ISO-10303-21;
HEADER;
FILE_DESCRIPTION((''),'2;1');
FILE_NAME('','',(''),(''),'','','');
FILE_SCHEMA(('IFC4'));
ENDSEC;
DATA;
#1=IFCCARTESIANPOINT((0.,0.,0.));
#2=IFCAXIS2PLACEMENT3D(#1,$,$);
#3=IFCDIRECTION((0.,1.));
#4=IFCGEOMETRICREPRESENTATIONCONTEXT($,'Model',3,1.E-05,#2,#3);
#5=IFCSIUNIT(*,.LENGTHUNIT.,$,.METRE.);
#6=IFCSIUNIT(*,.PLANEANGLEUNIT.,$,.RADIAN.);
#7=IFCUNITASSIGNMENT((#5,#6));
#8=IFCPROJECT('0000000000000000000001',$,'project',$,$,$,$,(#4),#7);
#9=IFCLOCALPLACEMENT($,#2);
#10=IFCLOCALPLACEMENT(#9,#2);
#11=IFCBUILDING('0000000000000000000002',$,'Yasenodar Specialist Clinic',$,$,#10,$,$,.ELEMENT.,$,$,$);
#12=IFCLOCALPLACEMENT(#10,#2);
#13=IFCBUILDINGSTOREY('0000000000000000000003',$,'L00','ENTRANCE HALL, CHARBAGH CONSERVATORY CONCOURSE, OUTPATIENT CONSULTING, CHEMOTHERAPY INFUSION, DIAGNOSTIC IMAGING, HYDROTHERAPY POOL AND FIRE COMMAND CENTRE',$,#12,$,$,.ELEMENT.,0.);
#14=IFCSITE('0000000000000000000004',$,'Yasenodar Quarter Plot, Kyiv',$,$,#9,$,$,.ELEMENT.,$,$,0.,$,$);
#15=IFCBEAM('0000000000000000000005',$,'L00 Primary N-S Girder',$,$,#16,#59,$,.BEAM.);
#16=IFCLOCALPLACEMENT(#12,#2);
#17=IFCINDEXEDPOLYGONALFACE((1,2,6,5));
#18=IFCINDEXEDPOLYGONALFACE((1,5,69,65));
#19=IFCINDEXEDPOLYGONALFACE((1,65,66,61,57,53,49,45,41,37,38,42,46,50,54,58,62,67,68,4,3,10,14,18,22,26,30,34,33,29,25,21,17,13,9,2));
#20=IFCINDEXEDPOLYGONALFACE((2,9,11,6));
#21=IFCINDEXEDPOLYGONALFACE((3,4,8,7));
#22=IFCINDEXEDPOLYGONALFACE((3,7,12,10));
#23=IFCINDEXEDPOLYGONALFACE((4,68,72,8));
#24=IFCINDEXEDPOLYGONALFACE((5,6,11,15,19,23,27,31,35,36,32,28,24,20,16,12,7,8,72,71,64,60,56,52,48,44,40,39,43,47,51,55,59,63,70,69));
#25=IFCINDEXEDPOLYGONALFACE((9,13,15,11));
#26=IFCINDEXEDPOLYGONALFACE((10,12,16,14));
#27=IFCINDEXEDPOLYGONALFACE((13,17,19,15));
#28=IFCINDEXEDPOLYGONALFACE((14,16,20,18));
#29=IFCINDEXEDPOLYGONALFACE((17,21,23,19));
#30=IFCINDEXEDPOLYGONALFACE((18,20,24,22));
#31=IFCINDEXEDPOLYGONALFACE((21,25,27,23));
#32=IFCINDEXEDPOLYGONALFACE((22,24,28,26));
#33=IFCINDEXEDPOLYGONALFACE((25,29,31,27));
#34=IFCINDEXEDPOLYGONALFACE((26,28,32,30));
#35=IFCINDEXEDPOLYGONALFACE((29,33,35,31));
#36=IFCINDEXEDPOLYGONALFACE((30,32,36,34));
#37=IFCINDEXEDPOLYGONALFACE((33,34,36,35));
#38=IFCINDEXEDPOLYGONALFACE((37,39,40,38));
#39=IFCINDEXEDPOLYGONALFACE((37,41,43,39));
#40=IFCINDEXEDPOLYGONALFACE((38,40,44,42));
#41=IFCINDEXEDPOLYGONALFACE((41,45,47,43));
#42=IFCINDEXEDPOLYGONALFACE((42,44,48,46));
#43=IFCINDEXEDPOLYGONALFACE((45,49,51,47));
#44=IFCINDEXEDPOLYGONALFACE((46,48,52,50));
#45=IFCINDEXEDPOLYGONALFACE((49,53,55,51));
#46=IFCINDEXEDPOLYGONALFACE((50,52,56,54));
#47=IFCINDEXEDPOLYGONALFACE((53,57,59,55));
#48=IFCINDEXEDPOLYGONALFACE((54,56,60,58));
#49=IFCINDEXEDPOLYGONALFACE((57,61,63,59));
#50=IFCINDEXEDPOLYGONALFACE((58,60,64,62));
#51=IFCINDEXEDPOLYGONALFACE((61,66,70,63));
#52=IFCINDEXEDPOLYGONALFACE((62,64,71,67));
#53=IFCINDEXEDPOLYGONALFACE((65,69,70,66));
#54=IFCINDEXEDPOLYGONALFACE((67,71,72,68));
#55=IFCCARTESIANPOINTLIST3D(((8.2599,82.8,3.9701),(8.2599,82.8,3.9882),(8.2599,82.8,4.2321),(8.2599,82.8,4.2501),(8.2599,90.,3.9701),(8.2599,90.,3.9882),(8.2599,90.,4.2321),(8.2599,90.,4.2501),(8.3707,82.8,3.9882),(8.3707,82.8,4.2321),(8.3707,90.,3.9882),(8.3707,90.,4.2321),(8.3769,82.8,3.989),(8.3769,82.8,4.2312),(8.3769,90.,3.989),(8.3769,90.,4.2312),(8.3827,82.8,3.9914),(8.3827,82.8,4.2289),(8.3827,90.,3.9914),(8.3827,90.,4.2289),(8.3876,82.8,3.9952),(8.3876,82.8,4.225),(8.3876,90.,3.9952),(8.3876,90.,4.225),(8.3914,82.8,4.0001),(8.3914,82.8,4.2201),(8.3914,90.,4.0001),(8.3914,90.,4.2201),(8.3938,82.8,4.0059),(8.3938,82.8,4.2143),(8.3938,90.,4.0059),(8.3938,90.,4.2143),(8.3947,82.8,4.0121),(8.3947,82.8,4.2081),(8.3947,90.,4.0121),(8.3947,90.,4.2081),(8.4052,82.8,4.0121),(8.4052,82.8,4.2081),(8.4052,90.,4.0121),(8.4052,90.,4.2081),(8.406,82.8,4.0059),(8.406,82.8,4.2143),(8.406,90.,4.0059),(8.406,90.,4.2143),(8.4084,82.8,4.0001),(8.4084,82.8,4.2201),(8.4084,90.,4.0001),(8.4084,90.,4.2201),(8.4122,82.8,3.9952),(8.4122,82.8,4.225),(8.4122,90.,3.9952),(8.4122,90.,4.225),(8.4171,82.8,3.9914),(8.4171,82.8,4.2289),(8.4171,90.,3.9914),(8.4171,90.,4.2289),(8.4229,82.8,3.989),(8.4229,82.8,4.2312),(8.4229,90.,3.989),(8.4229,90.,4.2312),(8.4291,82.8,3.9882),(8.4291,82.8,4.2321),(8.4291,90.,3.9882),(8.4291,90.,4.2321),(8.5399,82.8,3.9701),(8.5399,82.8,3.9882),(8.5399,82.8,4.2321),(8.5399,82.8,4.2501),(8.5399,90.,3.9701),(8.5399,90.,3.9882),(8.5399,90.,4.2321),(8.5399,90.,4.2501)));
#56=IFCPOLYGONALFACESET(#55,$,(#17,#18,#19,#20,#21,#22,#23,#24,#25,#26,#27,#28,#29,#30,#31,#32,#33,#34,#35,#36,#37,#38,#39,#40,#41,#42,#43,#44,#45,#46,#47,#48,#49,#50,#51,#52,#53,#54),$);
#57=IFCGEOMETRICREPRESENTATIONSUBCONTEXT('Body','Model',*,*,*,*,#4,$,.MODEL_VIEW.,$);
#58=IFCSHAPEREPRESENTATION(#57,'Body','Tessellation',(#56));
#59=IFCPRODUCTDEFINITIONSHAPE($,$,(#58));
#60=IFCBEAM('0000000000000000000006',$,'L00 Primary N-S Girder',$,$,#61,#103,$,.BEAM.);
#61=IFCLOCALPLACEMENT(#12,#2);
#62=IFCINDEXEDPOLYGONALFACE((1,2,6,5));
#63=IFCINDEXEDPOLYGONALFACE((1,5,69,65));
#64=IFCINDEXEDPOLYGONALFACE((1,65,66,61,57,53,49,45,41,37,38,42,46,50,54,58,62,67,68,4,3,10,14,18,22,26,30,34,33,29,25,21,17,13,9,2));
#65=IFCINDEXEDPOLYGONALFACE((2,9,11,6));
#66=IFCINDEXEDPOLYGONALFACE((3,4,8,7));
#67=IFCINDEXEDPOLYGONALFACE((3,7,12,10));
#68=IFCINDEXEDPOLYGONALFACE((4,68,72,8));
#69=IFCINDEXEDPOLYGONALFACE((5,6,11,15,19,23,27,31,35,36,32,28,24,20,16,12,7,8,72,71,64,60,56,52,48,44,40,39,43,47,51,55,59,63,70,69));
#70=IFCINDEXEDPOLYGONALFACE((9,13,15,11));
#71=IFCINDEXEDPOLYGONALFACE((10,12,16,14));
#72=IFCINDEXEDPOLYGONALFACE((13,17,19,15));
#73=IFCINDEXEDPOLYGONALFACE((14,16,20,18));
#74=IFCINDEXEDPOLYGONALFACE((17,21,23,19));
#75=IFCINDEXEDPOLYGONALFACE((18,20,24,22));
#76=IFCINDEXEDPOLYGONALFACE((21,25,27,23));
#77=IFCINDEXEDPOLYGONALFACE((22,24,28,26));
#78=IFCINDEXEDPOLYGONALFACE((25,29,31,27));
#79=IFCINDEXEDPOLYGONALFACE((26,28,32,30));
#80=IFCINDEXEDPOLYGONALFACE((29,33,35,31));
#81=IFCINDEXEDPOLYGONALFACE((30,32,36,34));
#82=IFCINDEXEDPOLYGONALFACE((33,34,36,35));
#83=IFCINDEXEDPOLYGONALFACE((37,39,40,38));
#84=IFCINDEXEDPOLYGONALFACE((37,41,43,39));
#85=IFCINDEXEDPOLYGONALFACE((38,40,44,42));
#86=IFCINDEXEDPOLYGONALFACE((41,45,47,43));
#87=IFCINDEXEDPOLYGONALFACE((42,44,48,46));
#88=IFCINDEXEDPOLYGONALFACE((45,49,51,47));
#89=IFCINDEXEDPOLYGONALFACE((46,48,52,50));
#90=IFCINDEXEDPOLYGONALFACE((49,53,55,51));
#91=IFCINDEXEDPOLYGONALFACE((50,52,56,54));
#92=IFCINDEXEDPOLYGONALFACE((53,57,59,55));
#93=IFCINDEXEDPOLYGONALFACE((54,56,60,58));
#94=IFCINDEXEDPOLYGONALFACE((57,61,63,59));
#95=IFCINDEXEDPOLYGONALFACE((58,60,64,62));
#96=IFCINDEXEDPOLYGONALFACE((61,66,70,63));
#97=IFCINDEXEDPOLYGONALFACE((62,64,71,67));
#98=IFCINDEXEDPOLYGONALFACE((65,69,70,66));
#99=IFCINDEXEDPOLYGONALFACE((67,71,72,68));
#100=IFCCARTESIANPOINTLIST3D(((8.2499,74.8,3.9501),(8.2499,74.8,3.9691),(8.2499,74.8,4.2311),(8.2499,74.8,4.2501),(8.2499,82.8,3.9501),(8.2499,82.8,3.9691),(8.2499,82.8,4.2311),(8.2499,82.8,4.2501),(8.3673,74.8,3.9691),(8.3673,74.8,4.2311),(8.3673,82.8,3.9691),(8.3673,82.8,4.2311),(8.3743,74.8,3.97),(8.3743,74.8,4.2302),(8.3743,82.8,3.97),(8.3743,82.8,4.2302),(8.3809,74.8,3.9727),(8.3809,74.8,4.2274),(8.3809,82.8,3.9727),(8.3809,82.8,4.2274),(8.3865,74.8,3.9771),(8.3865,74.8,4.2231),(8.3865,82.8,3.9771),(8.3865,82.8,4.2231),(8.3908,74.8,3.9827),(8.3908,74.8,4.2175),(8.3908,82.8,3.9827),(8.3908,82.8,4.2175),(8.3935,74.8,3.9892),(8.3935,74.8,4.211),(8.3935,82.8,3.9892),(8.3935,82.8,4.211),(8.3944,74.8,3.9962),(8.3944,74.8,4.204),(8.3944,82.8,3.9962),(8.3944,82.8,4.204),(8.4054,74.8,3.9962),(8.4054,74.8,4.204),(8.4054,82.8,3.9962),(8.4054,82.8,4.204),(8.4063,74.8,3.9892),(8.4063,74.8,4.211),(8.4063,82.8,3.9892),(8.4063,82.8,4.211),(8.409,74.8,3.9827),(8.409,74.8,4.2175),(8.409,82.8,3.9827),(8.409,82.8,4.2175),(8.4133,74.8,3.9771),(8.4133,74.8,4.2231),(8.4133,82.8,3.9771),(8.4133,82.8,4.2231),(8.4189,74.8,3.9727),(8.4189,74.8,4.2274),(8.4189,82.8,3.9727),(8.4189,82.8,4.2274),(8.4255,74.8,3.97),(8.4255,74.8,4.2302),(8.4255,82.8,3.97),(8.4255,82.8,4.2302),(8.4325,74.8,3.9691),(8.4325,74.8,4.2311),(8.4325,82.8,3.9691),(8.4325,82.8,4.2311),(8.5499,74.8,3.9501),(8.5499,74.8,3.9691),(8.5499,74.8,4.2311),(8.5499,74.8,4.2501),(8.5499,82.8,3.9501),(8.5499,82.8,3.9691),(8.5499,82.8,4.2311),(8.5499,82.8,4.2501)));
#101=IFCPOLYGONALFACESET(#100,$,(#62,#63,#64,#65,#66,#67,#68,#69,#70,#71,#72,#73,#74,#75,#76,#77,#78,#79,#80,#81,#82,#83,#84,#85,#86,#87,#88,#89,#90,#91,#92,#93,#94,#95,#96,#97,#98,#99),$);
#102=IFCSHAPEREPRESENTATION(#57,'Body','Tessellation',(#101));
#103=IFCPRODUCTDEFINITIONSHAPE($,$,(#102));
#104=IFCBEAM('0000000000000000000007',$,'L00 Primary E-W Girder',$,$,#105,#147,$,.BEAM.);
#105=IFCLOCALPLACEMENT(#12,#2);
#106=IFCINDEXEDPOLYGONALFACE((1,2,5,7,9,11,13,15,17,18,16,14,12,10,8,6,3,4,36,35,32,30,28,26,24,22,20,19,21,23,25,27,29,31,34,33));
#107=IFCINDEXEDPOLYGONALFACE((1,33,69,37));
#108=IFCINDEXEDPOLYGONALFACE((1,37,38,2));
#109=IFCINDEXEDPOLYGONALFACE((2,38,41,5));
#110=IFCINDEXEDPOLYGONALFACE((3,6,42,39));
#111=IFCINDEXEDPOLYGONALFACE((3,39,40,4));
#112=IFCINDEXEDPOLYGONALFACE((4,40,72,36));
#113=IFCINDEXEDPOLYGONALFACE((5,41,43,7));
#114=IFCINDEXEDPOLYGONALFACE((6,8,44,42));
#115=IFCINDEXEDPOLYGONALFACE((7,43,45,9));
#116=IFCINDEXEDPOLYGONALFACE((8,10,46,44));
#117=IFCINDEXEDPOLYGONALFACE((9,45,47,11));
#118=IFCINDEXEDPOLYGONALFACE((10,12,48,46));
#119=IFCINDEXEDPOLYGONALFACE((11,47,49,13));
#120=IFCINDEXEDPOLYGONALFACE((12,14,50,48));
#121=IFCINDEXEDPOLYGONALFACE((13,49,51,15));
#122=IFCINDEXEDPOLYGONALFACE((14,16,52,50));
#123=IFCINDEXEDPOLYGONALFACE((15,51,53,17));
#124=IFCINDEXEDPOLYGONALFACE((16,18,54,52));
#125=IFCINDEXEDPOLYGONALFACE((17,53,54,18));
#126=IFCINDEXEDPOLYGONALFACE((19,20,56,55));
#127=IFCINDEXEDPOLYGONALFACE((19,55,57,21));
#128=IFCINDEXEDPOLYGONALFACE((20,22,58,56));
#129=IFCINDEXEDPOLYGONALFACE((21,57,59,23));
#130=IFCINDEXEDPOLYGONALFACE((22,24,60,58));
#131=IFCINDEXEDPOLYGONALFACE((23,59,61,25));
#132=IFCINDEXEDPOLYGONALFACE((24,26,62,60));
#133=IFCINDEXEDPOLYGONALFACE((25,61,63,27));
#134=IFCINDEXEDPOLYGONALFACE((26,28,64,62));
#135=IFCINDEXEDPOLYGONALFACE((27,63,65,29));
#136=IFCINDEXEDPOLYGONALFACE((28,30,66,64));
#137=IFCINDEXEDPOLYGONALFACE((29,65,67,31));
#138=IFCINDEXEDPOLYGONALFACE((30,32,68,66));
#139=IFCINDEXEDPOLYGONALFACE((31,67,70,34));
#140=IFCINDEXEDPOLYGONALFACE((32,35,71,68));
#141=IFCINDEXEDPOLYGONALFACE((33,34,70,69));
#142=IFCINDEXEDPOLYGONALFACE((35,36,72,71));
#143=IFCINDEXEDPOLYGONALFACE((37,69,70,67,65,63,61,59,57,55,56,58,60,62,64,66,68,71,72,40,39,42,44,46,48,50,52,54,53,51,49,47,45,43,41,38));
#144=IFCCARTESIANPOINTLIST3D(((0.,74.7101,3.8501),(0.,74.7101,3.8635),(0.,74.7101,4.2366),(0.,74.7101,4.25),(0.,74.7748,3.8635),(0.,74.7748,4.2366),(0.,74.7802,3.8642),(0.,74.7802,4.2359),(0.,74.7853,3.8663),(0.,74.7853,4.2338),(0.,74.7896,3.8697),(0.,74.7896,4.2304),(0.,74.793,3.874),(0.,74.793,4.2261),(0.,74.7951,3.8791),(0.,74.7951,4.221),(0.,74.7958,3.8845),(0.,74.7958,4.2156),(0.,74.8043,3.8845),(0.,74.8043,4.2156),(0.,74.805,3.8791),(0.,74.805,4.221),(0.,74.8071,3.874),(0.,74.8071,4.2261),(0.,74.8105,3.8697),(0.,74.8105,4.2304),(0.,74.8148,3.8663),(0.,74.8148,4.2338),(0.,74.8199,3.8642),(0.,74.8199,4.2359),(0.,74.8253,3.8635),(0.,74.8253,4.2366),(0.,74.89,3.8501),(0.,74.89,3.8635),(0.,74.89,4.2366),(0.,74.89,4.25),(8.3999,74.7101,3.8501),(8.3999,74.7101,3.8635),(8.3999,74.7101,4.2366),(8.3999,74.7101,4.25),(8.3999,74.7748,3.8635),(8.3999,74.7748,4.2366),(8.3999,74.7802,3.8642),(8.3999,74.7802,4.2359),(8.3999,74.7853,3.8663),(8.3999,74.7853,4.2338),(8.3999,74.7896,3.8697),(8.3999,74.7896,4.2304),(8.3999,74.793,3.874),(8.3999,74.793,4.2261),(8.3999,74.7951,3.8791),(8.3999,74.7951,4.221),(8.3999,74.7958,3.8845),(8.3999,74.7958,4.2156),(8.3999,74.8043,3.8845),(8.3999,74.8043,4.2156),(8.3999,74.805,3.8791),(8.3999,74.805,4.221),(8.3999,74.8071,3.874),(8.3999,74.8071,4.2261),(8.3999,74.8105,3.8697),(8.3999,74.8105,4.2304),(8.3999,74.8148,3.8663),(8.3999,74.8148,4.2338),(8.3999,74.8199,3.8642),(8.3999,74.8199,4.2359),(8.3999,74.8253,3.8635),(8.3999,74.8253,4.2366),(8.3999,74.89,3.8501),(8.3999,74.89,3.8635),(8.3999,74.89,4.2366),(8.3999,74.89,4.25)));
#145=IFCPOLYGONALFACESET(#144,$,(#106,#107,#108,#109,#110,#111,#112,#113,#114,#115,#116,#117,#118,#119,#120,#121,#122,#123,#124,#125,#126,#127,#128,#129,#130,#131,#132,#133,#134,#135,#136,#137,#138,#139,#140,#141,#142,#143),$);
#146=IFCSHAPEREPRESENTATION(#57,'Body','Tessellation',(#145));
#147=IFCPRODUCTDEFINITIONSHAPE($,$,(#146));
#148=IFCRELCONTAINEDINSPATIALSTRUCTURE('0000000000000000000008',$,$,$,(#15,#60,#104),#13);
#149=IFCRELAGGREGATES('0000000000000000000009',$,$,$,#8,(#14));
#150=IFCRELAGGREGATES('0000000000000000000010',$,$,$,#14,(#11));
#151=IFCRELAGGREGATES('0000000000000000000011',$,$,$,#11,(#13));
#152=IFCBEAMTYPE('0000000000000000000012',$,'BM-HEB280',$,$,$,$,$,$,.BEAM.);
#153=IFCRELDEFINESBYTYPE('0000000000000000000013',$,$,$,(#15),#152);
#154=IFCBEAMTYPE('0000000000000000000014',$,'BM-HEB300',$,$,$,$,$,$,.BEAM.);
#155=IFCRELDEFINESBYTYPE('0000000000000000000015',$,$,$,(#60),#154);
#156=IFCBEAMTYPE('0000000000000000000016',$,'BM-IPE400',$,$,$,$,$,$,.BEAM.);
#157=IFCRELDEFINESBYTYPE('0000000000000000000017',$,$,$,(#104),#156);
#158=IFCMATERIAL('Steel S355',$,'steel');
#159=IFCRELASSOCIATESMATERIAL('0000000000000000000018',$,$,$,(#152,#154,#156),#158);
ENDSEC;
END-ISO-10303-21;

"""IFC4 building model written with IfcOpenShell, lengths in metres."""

from ifc_helpers import new_model, si_unit, direction, frame, origin, origin_2d, place, context, subcontext, project, spatial, i_section, extrude, material, material_profile, profile_set, type_object, element, save


model = new_model("IFC4")

# Units and contexts
model_context = context("Model", 3, precision=1e-05, world=origin(), true_north=direction((0.0, 1.0)))
body_context = subcontext(model_context, "Body", "Model", "MODEL_VIEW")
ifc_project = project(units=[si_unit("LENGTHUNIT", "METRE"), si_unit("PLANEANGLEUNIT", "RADIAN")], contexts=[model_context])

# Site, building, storey
site_placement = place(None, origin())
site = spatial("IfcSite", under=ifc_project, at=site_placement, Name="Yasenodar Quarter Plot, Kyiv", CompositionType="ELEMENT", RefElevation=0.0)
building_placement = place(site_placement, origin())
building = spatial("IfcBuilding", under=site, at=building_placement, Name="Yasenodar Specialist Clinic", CompositionType="ELEMENT")
storey_placement = place(building_placement, origin())
storey = spatial("IfcBuildingStorey", under=building, at=storey_placement, Name="L00", Description="ENTRANCE HALL, CHARBAGH CONSERVATORY CONCOURSE, OUTPATIENT CONSULTING, CHEMOTHERAPY INFUSION, DIAGNOSTIC IMAGING, HYDROTHERAPY POOL AND FIRE COMMAND CENTRE", CompositionType="ELEMENT", Elevation=0.0)

# Shared definitions
ifc_material_1 = material(Name="Steel S355", Category="steel")

# Beams
ifc_material_profile_1 = material_profile(ifc_material_1, i_section(OverallWidth=0.28, OverallDepth=0.28, WebThickness=0.0105, FlangeThickness=0.0181, FilletRadius=0.0239, at=origin_2d()), Name="HEB 280")
ifc_profile_set_1 = profile_set([ifc_material_profile_1], Name="Steel S355")
beam_type_1 = type_object("IfcBeamType", Name="BM-HEB280", PredefinedType="BEAM", material=ifc_profile_set_1)
beam_1_placement = place(storey_placement, frame((8.3999, 82.8, 4.1101), z_axis=(0.0, 1.0, 0.0), x_axis=(-1.0, 0.0, 0.0)))
element("IfcBeam", 1, at=beam_1_placement, inside=storey, type_object=beam_type_1, Name="L00 Primary N-S Girder", PredefinedType="BEAM", context=body_context, shape_type="SweptSolid", body=[
    extrude(i_section(OverallWidth=0.28, OverallDepth=0.28, WebThickness=0.0105, FlangeThickness=0.0181, FilletRadius=0.0239, at=origin_2d()), origin(), (0.0, 0.0, 1.0), 7.2),
])
ifc_material_profile_2 = material_profile(ifc_material_1, i_section(OverallWidth=0.3, OverallDepth=0.3, WebThickness=0.011, FlangeThickness=0.019, FilletRadius=0.0271, at=origin_2d()), Name="HEB 300")
ifc_profile_set_2 = profile_set([ifc_material_profile_2], Name="Steel S355")
beam_type_2 = type_object("IfcBeamType", Name="BM-HEB300", PredefinedType="BEAM", material=ifc_profile_set_2)
beam_2_placement = place(storey_placement, frame((8.3999, 74.8, 4.1001), z_axis=(0.0, 1.0, 0.0), x_axis=(-1.0, 0.0, 0.0)))
element("IfcBeam", 2, at=beam_2_placement, inside=storey, type_object=beam_type_2, Name="L00 Primary N-S Girder", PredefinedType="BEAM", context=body_context, shape_type="SweptSolid", body=[
    extrude(i_section(OverallWidth=0.3, OverallDepth=0.3, WebThickness=0.011, FlangeThickness=0.019, FilletRadius=0.0271, at=origin_2d()), origin(), (0.0, 0.0, 1.0), 8.0),
])
ifc_material_profile_3 = material_profile(ifc_material_1, i_section(OverallWidth=0.1799, OverallDepth=0.3999, WebThickness=0.0085, FlangeThickness=0.0134, FilletRadius=0.021, at=origin_2d()), Name="IPE 400")
ifc_profile_set_3 = profile_set([ifc_material_profile_3], Name="Steel S355")
beam_type_3 = type_object("IfcBeamType", Name="BM-IPE400", PredefinedType="BEAM", material=ifc_profile_set_3)
beam_3_placement = place(storey_placement, frame((0.0, 74.8, 4.05), z_axis=(1.0, 0.0, 0.0), x_axis=(0.0, 1.0, 0.0)))
element("IfcBeam", 3, at=beam_3_placement, inside=storey, type_object=beam_type_3, Name="L00 Primary E-W Girder", PredefinedType="BEAM", context=body_context, shape_type="SweptSolid", body=[
    extrude(i_section(OverallWidth=0.1799, OverallDepth=0.3999, WebThickness=0.0085, FlangeThickness=0.0134, FilletRadius=0.021, at=origin_2d()), origin(), (0.0, 0.0, 1.0), 8.3999),
])

save(model, "model.ifc")
